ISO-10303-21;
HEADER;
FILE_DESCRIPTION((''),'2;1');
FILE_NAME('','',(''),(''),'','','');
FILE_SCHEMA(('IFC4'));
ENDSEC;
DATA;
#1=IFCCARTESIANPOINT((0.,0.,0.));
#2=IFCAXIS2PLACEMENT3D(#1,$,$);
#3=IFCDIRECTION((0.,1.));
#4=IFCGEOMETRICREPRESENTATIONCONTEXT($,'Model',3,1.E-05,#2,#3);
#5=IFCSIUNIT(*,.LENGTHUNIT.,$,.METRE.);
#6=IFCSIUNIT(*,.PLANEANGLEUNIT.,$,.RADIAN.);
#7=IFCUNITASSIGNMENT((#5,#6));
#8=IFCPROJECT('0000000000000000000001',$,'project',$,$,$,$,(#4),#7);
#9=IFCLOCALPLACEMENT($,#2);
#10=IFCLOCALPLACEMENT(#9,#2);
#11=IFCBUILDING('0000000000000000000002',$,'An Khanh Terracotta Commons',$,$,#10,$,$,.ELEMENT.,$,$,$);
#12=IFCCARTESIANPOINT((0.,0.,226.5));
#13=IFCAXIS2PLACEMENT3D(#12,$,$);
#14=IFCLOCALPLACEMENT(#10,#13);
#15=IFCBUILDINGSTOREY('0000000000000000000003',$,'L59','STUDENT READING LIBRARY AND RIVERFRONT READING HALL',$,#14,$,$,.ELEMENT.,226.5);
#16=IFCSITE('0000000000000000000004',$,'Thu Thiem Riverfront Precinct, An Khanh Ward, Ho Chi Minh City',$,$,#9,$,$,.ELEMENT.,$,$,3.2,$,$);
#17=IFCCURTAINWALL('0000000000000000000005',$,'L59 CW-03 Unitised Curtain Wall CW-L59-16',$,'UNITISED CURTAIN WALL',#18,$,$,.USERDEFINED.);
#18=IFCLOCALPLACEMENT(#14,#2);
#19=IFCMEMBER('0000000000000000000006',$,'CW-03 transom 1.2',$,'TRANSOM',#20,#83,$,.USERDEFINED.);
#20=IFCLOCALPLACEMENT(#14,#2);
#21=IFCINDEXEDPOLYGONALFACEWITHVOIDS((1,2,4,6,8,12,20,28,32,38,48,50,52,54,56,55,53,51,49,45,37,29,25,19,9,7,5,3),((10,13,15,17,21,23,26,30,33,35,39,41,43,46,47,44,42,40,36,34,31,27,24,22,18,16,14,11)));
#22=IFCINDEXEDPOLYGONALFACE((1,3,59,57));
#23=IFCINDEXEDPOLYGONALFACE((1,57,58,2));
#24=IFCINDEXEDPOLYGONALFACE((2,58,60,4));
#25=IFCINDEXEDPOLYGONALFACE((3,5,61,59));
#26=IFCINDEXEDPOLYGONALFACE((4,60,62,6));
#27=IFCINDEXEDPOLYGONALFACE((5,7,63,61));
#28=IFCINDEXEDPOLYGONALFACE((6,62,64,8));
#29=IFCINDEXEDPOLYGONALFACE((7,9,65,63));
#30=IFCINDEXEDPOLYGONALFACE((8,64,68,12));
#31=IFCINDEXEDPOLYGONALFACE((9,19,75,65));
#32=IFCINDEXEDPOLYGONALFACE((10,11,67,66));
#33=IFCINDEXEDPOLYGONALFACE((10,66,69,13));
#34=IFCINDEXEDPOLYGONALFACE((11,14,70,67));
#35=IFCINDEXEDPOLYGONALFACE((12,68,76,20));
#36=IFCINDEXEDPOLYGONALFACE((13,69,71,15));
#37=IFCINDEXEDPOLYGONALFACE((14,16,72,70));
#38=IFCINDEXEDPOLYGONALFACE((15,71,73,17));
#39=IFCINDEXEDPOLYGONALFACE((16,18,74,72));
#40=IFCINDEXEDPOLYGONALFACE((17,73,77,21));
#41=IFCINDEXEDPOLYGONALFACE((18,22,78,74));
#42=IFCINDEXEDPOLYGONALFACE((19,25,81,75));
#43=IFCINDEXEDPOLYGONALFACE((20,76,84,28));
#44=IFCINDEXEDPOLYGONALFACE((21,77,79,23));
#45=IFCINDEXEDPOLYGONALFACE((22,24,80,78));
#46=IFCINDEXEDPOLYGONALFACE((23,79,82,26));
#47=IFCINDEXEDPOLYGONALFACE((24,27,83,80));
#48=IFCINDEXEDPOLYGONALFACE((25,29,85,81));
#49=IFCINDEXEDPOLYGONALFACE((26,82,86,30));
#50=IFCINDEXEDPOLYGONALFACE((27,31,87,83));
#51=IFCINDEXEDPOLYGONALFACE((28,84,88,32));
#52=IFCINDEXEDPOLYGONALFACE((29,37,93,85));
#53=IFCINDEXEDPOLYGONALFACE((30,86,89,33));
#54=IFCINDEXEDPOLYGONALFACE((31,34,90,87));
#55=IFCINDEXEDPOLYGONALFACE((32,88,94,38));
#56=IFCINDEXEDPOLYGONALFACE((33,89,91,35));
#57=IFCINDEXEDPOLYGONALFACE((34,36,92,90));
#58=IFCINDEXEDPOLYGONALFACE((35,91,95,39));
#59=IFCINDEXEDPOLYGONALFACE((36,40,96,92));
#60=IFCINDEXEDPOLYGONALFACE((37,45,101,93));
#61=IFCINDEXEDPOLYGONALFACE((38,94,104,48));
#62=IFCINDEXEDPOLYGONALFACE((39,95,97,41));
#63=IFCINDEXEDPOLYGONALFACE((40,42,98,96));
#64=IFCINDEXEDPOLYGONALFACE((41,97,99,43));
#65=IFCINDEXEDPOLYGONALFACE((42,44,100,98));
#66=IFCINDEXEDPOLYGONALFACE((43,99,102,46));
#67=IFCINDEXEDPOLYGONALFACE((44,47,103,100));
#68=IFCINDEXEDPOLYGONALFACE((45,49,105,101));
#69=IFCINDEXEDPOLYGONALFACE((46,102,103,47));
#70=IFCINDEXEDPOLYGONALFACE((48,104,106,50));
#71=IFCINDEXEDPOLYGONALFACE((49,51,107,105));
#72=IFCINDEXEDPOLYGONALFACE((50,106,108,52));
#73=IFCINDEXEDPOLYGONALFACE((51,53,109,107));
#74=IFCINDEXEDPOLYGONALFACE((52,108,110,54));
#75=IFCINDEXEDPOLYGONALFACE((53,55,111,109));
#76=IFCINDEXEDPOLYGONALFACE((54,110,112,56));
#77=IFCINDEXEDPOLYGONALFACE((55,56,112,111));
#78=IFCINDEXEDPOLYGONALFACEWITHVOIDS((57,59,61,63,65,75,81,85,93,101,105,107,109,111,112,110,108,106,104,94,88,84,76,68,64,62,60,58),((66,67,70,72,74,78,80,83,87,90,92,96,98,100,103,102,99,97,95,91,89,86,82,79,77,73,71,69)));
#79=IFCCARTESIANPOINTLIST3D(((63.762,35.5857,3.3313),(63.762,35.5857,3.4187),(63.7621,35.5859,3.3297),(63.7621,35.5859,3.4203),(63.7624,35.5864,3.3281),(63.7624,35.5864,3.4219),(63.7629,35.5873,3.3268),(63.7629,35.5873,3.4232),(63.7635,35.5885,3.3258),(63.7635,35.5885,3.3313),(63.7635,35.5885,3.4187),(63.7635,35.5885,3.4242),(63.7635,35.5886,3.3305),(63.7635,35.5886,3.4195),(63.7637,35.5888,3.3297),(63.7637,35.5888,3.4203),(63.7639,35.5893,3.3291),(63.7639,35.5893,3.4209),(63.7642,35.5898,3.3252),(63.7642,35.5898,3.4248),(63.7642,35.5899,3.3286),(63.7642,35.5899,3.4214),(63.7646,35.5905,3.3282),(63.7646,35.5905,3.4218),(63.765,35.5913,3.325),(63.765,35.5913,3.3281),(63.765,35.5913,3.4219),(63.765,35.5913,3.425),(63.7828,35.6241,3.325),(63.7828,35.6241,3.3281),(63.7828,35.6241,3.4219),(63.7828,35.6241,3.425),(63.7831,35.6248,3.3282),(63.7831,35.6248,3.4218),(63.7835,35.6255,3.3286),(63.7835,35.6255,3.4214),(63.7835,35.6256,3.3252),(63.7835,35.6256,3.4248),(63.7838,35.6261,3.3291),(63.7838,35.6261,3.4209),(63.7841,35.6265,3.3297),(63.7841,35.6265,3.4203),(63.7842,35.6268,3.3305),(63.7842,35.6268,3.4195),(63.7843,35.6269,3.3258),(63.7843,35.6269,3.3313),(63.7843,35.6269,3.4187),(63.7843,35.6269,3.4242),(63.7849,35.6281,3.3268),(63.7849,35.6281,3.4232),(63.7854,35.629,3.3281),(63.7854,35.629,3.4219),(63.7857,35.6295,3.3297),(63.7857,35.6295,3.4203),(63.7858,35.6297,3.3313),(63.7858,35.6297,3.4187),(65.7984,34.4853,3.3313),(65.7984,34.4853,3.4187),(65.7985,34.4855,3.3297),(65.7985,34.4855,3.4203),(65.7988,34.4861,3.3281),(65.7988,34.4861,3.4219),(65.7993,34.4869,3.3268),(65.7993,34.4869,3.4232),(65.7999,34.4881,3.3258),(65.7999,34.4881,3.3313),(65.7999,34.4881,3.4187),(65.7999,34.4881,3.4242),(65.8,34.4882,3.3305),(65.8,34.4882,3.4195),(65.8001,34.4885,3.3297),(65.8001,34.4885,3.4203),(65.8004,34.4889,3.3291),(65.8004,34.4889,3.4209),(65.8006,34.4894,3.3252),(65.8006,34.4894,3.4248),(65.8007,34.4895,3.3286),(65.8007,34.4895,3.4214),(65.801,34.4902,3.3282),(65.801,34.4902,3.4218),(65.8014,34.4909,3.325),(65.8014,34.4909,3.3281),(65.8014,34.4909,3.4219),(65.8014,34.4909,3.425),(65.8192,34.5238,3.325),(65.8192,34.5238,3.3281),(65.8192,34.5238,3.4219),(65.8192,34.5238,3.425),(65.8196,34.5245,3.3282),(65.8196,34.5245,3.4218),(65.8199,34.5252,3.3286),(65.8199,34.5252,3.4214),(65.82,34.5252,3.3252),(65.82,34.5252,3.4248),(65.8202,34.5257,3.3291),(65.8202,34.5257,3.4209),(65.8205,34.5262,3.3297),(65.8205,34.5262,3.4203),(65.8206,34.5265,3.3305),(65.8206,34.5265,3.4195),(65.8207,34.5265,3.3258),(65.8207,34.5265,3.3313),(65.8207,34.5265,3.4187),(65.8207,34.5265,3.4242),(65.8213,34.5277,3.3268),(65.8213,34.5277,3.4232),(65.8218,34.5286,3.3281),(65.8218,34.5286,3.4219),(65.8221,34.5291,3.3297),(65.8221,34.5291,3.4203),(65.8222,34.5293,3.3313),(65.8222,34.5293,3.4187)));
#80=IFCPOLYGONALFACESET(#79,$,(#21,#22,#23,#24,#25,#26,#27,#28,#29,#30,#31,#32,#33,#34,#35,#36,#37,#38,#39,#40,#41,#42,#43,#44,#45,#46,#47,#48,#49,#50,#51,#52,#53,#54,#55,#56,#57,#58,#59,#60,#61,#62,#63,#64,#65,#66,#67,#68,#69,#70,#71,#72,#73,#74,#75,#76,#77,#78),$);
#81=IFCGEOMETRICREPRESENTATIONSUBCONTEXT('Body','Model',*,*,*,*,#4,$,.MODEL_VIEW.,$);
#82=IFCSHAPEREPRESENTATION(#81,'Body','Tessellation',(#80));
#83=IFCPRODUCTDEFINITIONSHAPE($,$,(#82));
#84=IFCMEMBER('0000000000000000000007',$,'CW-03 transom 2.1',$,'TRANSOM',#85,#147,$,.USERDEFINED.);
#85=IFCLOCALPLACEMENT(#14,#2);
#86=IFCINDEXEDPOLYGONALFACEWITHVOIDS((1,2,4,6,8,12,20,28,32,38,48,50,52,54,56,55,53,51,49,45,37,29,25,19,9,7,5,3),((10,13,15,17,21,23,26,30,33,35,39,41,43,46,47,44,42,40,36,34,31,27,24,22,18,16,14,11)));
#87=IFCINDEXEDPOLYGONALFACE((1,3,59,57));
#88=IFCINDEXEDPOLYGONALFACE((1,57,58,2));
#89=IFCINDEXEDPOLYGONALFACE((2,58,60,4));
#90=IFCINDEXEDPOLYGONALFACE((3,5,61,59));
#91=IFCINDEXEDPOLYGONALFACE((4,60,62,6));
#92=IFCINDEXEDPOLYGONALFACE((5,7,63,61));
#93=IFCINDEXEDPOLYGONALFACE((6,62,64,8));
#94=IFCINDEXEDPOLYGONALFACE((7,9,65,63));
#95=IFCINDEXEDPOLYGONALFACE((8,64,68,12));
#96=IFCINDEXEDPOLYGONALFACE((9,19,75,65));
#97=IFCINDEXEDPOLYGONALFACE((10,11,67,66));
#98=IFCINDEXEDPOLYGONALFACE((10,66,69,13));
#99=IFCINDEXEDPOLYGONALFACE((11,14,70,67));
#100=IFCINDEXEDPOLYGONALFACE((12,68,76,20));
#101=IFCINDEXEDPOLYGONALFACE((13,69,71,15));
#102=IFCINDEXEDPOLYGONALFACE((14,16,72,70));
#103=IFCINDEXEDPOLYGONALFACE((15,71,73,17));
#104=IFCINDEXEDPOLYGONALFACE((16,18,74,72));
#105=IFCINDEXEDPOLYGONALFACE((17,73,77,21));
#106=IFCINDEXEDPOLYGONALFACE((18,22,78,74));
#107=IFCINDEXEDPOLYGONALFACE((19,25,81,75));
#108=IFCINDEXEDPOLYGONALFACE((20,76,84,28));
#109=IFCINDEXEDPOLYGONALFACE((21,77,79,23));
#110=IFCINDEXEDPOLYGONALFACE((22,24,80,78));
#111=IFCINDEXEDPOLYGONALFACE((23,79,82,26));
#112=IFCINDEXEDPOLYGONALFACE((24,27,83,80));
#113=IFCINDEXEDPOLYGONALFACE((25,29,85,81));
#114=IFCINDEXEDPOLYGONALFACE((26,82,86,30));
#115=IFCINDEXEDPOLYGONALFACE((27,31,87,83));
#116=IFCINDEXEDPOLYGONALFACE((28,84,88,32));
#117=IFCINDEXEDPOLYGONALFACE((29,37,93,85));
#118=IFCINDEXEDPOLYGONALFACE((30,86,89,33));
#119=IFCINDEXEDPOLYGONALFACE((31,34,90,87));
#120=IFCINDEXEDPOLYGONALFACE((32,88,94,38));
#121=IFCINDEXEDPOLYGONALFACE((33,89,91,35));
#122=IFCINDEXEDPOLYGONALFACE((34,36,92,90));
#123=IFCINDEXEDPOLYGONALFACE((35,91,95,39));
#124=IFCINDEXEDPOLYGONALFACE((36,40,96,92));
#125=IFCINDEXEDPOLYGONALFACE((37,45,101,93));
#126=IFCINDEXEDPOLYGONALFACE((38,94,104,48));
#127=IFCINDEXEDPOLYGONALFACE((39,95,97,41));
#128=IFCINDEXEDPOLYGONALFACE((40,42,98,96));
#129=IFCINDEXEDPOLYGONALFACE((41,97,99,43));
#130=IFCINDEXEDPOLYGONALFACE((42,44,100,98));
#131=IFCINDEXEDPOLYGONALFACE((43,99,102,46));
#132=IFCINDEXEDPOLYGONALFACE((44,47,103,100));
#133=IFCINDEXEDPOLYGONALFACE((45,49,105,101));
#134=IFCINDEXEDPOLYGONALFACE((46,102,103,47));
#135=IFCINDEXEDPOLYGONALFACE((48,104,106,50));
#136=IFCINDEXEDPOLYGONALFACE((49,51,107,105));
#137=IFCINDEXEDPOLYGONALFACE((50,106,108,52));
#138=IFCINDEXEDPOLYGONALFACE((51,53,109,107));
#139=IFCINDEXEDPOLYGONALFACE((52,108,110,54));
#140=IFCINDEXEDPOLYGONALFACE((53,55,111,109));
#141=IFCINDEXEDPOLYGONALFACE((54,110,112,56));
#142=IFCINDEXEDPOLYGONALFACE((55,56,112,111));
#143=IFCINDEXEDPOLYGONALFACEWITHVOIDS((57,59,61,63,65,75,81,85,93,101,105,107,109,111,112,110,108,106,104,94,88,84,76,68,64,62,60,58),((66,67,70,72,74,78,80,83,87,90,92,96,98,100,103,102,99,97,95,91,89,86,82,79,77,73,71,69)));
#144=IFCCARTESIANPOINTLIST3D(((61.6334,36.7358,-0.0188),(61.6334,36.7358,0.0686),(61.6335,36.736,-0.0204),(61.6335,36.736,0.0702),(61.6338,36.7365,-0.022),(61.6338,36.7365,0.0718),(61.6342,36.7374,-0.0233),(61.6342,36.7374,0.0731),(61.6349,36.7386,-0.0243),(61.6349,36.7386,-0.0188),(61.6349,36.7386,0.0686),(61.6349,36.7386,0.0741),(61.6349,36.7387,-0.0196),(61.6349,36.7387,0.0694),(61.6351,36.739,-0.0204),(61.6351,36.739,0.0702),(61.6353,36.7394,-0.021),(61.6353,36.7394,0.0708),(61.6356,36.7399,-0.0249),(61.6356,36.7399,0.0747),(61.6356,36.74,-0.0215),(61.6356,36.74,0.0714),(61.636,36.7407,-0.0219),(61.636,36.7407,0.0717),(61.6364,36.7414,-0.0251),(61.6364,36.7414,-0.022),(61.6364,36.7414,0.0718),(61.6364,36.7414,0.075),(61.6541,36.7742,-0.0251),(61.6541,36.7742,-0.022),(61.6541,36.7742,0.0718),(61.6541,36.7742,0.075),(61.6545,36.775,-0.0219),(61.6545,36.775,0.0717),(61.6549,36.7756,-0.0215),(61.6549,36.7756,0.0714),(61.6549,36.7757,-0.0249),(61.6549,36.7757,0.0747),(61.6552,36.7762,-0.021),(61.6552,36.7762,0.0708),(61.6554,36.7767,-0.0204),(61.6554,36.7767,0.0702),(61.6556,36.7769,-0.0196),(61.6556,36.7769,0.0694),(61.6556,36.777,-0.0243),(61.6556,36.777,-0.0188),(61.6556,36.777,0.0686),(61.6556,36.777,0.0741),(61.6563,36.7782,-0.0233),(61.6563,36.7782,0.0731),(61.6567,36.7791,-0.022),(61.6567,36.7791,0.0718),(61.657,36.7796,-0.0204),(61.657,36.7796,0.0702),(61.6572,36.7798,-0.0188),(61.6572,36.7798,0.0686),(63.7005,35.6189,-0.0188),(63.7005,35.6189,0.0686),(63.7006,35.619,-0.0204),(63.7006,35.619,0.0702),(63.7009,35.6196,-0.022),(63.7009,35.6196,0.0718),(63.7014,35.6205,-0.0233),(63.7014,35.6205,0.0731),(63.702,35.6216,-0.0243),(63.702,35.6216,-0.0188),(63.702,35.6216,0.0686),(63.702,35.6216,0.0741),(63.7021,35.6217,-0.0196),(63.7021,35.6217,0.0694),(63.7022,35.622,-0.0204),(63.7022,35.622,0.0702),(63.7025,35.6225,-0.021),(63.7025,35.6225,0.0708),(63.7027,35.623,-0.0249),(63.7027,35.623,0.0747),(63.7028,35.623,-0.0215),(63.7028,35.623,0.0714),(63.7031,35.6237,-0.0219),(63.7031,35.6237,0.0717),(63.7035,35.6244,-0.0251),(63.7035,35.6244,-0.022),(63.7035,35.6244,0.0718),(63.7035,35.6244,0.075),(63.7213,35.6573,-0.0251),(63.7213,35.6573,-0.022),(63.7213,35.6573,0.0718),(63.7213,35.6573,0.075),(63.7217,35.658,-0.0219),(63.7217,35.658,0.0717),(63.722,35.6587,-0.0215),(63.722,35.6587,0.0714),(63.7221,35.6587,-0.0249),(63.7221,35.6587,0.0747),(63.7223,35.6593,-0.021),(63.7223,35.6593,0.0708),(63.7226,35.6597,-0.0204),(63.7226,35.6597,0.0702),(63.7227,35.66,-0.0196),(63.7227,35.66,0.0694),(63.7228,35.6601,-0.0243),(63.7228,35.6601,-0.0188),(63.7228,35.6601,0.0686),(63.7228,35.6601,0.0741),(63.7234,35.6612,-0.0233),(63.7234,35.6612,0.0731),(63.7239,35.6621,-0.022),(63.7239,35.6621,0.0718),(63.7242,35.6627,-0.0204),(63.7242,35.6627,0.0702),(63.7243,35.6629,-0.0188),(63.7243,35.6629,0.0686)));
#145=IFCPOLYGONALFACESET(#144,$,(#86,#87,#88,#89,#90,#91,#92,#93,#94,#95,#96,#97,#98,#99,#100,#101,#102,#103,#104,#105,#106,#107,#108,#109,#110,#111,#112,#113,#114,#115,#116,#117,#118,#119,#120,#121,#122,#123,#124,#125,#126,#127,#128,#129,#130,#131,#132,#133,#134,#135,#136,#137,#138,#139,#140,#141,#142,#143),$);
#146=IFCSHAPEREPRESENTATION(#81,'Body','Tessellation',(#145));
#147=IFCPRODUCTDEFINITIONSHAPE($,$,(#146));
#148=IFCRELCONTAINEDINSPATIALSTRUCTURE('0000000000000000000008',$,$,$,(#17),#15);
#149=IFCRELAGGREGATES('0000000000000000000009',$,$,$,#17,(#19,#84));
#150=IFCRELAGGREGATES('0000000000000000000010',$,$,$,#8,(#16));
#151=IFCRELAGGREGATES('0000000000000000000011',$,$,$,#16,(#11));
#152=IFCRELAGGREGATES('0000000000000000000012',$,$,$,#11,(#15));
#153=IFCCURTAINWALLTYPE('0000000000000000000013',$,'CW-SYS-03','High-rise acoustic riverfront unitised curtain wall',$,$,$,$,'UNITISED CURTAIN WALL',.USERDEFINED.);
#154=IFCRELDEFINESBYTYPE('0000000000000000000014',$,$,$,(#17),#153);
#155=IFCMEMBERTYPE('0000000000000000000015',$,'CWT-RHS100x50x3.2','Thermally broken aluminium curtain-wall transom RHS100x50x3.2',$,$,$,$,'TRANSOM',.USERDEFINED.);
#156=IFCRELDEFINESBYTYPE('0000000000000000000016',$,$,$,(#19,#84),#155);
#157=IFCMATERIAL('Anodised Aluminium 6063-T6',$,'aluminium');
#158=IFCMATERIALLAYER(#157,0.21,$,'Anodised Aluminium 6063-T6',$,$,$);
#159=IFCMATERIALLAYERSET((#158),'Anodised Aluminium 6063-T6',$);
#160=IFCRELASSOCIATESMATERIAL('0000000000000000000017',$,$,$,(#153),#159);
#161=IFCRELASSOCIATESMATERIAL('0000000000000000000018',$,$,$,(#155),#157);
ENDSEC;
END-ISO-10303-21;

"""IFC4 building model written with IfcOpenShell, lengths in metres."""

from ifc_helpers import new_model, si_unit, direction, frame, origin, origin_2d, place, context, subcontext, project, spatial, hollow_rectangle, extrude, material, layer, layer_set, material_profile, profile_set, type_object, element, aggregate, save


model = new_model("IFC4")

# Units and contexts
model_context = context("Model", 3, precision=1e-05, world=origin(), true_north=direction((0.0, 1.0)))
body_context = subcontext(model_context, "Body", "Model", "MODEL_VIEW")
ifc_project = project(units=[si_unit("LENGTHUNIT", "METRE"), si_unit("PLANEANGLEUNIT", "RADIAN")], contexts=[model_context])

# Site, building, storey
site_placement = place(None, origin())
site = spatial("IfcSite", under=ifc_project, at=site_placement, Name="Thu Thiem Riverfront Precinct, An Khanh Ward, Ho Chi Minh City", CompositionType="ELEMENT", RefElevation=3.2)
building_placement = place(site_placement, origin())
building = spatial("IfcBuilding", under=site, at=building_placement, Name="An Khanh Terracotta Commons", CompositionType="ELEMENT")
storey_placement = place(building_placement, frame((0.0, 0.0, 226.5)))
storey = spatial("IfcBuildingStorey", under=building, at=storey_placement, Name="L59", Description="STUDENT READING LIBRARY AND RIVERFRONT READING HALL", CompositionType="ELEMENT", Elevation=226.5)

# Curtain wall
ifc_material_1 = material(Name="Anodised Aluminium 6063-T6", Category="aluminium")
ifc_layer_1 = layer(ifc_material_1, 0.21, Name="Anodised Aluminium 6063-T6")
ifc_layer_set_1 = layer_set([ifc_layer_1], Name="Anodised Aluminium 6063-T6")
curtain_wall_type = type_object("IfcCurtainWallType", Name="CW-SYS-03", Description="High-rise acoustic riverfront unitised curtain wall", ElementType="UNITISED CURTAIN WALL", PredefinedType="USERDEFINED", material=ifc_layer_set_1)
curtain_wall_1_placement = place(storey_placement, origin())
curtain_wall_1 = element("IfcCurtainWall", 1, at=curtain_wall_1_placement, inside=storey, type_object=curtain_wall_type, Name="L59 CW-03 Unitised Curtain Wall CW-L59-16", ObjectType="UNITISED CURTAIN WALL", PredefinedType="USERDEFINED")

# Members
ifc_material_profile_1 = material_profile(ifc_material_1, hollow_rectangle(XDim=0.05, YDim=0.1001, WallThickness=0.0032, InnerFilletRadius=0.0032, OuterFilletRadius=0.0063, at=origin_2d()), Name="RHS100x50x3.2")
ifc_profile_set_1 = profile_set([ifc_material_profile_1], Name="Anodised Aluminium 6063-T6")
member_type_1 = type_object("IfcMemberType", Name="CWT-RHS100x50x3.2", Description="Thermally broken aluminium curtain-wall transom RHS100x50x3.2", ElementType="TRANSOM", PredefinedType="USERDEFINED", material=ifc_profile_set_1)
member_1_placement = place(storey_placement, frame((65.8103, 34.5073, 3.375), z_axis=(-0.879779, 0.475382, 0.0), x_axis=(-0.475382, -0.879779, 0.0)))
member_1 = element("IfcMember", 2, at=member_1_placement, type_object=member_type_1, Name="CW-03 transom 1.2", ObjectType="TRANSOM", PredefinedType="USERDEFINED", context=body_context, shape_type="SweptSolid", body=[
    extrude(hollow_rectangle(XDim=0.05, YDim=0.1001, WallThickness=0.0032, InnerFilletRadius=0.0032, OuterFilletRadius=0.0063, at=origin_2d()), origin(), (0.0, 0.0, 1.0), 2.3147),
])
member_2_placement = place(storey_placement, frame((63.7124, 35.6409, 0.0249), z_axis=(-0.879783, 0.475376, 0.0), x_axis=(-0.475376, -0.879783, 0.0)))
member_2 = element("IfcMember", 3, at=member_2_placement, type_object=member_type_1, Name="CW-03 transom 2.1", ObjectType="TRANSOM", PredefinedType="USERDEFINED", context=body_context, shape_type="SweptSolid", body=[
    extrude(hollow_rectangle(XDim=0.05, YDim=0.1001, WallThickness=0.0032, InnerFilletRadius=0.0032, OuterFilletRadius=0.0063, at=origin_2d()), origin(), (0.0, 0.0, 1.0), 2.3496),
])

aggregate(curtain_wall_1, [member_1, member_2])

save(model, "model.ifc")
